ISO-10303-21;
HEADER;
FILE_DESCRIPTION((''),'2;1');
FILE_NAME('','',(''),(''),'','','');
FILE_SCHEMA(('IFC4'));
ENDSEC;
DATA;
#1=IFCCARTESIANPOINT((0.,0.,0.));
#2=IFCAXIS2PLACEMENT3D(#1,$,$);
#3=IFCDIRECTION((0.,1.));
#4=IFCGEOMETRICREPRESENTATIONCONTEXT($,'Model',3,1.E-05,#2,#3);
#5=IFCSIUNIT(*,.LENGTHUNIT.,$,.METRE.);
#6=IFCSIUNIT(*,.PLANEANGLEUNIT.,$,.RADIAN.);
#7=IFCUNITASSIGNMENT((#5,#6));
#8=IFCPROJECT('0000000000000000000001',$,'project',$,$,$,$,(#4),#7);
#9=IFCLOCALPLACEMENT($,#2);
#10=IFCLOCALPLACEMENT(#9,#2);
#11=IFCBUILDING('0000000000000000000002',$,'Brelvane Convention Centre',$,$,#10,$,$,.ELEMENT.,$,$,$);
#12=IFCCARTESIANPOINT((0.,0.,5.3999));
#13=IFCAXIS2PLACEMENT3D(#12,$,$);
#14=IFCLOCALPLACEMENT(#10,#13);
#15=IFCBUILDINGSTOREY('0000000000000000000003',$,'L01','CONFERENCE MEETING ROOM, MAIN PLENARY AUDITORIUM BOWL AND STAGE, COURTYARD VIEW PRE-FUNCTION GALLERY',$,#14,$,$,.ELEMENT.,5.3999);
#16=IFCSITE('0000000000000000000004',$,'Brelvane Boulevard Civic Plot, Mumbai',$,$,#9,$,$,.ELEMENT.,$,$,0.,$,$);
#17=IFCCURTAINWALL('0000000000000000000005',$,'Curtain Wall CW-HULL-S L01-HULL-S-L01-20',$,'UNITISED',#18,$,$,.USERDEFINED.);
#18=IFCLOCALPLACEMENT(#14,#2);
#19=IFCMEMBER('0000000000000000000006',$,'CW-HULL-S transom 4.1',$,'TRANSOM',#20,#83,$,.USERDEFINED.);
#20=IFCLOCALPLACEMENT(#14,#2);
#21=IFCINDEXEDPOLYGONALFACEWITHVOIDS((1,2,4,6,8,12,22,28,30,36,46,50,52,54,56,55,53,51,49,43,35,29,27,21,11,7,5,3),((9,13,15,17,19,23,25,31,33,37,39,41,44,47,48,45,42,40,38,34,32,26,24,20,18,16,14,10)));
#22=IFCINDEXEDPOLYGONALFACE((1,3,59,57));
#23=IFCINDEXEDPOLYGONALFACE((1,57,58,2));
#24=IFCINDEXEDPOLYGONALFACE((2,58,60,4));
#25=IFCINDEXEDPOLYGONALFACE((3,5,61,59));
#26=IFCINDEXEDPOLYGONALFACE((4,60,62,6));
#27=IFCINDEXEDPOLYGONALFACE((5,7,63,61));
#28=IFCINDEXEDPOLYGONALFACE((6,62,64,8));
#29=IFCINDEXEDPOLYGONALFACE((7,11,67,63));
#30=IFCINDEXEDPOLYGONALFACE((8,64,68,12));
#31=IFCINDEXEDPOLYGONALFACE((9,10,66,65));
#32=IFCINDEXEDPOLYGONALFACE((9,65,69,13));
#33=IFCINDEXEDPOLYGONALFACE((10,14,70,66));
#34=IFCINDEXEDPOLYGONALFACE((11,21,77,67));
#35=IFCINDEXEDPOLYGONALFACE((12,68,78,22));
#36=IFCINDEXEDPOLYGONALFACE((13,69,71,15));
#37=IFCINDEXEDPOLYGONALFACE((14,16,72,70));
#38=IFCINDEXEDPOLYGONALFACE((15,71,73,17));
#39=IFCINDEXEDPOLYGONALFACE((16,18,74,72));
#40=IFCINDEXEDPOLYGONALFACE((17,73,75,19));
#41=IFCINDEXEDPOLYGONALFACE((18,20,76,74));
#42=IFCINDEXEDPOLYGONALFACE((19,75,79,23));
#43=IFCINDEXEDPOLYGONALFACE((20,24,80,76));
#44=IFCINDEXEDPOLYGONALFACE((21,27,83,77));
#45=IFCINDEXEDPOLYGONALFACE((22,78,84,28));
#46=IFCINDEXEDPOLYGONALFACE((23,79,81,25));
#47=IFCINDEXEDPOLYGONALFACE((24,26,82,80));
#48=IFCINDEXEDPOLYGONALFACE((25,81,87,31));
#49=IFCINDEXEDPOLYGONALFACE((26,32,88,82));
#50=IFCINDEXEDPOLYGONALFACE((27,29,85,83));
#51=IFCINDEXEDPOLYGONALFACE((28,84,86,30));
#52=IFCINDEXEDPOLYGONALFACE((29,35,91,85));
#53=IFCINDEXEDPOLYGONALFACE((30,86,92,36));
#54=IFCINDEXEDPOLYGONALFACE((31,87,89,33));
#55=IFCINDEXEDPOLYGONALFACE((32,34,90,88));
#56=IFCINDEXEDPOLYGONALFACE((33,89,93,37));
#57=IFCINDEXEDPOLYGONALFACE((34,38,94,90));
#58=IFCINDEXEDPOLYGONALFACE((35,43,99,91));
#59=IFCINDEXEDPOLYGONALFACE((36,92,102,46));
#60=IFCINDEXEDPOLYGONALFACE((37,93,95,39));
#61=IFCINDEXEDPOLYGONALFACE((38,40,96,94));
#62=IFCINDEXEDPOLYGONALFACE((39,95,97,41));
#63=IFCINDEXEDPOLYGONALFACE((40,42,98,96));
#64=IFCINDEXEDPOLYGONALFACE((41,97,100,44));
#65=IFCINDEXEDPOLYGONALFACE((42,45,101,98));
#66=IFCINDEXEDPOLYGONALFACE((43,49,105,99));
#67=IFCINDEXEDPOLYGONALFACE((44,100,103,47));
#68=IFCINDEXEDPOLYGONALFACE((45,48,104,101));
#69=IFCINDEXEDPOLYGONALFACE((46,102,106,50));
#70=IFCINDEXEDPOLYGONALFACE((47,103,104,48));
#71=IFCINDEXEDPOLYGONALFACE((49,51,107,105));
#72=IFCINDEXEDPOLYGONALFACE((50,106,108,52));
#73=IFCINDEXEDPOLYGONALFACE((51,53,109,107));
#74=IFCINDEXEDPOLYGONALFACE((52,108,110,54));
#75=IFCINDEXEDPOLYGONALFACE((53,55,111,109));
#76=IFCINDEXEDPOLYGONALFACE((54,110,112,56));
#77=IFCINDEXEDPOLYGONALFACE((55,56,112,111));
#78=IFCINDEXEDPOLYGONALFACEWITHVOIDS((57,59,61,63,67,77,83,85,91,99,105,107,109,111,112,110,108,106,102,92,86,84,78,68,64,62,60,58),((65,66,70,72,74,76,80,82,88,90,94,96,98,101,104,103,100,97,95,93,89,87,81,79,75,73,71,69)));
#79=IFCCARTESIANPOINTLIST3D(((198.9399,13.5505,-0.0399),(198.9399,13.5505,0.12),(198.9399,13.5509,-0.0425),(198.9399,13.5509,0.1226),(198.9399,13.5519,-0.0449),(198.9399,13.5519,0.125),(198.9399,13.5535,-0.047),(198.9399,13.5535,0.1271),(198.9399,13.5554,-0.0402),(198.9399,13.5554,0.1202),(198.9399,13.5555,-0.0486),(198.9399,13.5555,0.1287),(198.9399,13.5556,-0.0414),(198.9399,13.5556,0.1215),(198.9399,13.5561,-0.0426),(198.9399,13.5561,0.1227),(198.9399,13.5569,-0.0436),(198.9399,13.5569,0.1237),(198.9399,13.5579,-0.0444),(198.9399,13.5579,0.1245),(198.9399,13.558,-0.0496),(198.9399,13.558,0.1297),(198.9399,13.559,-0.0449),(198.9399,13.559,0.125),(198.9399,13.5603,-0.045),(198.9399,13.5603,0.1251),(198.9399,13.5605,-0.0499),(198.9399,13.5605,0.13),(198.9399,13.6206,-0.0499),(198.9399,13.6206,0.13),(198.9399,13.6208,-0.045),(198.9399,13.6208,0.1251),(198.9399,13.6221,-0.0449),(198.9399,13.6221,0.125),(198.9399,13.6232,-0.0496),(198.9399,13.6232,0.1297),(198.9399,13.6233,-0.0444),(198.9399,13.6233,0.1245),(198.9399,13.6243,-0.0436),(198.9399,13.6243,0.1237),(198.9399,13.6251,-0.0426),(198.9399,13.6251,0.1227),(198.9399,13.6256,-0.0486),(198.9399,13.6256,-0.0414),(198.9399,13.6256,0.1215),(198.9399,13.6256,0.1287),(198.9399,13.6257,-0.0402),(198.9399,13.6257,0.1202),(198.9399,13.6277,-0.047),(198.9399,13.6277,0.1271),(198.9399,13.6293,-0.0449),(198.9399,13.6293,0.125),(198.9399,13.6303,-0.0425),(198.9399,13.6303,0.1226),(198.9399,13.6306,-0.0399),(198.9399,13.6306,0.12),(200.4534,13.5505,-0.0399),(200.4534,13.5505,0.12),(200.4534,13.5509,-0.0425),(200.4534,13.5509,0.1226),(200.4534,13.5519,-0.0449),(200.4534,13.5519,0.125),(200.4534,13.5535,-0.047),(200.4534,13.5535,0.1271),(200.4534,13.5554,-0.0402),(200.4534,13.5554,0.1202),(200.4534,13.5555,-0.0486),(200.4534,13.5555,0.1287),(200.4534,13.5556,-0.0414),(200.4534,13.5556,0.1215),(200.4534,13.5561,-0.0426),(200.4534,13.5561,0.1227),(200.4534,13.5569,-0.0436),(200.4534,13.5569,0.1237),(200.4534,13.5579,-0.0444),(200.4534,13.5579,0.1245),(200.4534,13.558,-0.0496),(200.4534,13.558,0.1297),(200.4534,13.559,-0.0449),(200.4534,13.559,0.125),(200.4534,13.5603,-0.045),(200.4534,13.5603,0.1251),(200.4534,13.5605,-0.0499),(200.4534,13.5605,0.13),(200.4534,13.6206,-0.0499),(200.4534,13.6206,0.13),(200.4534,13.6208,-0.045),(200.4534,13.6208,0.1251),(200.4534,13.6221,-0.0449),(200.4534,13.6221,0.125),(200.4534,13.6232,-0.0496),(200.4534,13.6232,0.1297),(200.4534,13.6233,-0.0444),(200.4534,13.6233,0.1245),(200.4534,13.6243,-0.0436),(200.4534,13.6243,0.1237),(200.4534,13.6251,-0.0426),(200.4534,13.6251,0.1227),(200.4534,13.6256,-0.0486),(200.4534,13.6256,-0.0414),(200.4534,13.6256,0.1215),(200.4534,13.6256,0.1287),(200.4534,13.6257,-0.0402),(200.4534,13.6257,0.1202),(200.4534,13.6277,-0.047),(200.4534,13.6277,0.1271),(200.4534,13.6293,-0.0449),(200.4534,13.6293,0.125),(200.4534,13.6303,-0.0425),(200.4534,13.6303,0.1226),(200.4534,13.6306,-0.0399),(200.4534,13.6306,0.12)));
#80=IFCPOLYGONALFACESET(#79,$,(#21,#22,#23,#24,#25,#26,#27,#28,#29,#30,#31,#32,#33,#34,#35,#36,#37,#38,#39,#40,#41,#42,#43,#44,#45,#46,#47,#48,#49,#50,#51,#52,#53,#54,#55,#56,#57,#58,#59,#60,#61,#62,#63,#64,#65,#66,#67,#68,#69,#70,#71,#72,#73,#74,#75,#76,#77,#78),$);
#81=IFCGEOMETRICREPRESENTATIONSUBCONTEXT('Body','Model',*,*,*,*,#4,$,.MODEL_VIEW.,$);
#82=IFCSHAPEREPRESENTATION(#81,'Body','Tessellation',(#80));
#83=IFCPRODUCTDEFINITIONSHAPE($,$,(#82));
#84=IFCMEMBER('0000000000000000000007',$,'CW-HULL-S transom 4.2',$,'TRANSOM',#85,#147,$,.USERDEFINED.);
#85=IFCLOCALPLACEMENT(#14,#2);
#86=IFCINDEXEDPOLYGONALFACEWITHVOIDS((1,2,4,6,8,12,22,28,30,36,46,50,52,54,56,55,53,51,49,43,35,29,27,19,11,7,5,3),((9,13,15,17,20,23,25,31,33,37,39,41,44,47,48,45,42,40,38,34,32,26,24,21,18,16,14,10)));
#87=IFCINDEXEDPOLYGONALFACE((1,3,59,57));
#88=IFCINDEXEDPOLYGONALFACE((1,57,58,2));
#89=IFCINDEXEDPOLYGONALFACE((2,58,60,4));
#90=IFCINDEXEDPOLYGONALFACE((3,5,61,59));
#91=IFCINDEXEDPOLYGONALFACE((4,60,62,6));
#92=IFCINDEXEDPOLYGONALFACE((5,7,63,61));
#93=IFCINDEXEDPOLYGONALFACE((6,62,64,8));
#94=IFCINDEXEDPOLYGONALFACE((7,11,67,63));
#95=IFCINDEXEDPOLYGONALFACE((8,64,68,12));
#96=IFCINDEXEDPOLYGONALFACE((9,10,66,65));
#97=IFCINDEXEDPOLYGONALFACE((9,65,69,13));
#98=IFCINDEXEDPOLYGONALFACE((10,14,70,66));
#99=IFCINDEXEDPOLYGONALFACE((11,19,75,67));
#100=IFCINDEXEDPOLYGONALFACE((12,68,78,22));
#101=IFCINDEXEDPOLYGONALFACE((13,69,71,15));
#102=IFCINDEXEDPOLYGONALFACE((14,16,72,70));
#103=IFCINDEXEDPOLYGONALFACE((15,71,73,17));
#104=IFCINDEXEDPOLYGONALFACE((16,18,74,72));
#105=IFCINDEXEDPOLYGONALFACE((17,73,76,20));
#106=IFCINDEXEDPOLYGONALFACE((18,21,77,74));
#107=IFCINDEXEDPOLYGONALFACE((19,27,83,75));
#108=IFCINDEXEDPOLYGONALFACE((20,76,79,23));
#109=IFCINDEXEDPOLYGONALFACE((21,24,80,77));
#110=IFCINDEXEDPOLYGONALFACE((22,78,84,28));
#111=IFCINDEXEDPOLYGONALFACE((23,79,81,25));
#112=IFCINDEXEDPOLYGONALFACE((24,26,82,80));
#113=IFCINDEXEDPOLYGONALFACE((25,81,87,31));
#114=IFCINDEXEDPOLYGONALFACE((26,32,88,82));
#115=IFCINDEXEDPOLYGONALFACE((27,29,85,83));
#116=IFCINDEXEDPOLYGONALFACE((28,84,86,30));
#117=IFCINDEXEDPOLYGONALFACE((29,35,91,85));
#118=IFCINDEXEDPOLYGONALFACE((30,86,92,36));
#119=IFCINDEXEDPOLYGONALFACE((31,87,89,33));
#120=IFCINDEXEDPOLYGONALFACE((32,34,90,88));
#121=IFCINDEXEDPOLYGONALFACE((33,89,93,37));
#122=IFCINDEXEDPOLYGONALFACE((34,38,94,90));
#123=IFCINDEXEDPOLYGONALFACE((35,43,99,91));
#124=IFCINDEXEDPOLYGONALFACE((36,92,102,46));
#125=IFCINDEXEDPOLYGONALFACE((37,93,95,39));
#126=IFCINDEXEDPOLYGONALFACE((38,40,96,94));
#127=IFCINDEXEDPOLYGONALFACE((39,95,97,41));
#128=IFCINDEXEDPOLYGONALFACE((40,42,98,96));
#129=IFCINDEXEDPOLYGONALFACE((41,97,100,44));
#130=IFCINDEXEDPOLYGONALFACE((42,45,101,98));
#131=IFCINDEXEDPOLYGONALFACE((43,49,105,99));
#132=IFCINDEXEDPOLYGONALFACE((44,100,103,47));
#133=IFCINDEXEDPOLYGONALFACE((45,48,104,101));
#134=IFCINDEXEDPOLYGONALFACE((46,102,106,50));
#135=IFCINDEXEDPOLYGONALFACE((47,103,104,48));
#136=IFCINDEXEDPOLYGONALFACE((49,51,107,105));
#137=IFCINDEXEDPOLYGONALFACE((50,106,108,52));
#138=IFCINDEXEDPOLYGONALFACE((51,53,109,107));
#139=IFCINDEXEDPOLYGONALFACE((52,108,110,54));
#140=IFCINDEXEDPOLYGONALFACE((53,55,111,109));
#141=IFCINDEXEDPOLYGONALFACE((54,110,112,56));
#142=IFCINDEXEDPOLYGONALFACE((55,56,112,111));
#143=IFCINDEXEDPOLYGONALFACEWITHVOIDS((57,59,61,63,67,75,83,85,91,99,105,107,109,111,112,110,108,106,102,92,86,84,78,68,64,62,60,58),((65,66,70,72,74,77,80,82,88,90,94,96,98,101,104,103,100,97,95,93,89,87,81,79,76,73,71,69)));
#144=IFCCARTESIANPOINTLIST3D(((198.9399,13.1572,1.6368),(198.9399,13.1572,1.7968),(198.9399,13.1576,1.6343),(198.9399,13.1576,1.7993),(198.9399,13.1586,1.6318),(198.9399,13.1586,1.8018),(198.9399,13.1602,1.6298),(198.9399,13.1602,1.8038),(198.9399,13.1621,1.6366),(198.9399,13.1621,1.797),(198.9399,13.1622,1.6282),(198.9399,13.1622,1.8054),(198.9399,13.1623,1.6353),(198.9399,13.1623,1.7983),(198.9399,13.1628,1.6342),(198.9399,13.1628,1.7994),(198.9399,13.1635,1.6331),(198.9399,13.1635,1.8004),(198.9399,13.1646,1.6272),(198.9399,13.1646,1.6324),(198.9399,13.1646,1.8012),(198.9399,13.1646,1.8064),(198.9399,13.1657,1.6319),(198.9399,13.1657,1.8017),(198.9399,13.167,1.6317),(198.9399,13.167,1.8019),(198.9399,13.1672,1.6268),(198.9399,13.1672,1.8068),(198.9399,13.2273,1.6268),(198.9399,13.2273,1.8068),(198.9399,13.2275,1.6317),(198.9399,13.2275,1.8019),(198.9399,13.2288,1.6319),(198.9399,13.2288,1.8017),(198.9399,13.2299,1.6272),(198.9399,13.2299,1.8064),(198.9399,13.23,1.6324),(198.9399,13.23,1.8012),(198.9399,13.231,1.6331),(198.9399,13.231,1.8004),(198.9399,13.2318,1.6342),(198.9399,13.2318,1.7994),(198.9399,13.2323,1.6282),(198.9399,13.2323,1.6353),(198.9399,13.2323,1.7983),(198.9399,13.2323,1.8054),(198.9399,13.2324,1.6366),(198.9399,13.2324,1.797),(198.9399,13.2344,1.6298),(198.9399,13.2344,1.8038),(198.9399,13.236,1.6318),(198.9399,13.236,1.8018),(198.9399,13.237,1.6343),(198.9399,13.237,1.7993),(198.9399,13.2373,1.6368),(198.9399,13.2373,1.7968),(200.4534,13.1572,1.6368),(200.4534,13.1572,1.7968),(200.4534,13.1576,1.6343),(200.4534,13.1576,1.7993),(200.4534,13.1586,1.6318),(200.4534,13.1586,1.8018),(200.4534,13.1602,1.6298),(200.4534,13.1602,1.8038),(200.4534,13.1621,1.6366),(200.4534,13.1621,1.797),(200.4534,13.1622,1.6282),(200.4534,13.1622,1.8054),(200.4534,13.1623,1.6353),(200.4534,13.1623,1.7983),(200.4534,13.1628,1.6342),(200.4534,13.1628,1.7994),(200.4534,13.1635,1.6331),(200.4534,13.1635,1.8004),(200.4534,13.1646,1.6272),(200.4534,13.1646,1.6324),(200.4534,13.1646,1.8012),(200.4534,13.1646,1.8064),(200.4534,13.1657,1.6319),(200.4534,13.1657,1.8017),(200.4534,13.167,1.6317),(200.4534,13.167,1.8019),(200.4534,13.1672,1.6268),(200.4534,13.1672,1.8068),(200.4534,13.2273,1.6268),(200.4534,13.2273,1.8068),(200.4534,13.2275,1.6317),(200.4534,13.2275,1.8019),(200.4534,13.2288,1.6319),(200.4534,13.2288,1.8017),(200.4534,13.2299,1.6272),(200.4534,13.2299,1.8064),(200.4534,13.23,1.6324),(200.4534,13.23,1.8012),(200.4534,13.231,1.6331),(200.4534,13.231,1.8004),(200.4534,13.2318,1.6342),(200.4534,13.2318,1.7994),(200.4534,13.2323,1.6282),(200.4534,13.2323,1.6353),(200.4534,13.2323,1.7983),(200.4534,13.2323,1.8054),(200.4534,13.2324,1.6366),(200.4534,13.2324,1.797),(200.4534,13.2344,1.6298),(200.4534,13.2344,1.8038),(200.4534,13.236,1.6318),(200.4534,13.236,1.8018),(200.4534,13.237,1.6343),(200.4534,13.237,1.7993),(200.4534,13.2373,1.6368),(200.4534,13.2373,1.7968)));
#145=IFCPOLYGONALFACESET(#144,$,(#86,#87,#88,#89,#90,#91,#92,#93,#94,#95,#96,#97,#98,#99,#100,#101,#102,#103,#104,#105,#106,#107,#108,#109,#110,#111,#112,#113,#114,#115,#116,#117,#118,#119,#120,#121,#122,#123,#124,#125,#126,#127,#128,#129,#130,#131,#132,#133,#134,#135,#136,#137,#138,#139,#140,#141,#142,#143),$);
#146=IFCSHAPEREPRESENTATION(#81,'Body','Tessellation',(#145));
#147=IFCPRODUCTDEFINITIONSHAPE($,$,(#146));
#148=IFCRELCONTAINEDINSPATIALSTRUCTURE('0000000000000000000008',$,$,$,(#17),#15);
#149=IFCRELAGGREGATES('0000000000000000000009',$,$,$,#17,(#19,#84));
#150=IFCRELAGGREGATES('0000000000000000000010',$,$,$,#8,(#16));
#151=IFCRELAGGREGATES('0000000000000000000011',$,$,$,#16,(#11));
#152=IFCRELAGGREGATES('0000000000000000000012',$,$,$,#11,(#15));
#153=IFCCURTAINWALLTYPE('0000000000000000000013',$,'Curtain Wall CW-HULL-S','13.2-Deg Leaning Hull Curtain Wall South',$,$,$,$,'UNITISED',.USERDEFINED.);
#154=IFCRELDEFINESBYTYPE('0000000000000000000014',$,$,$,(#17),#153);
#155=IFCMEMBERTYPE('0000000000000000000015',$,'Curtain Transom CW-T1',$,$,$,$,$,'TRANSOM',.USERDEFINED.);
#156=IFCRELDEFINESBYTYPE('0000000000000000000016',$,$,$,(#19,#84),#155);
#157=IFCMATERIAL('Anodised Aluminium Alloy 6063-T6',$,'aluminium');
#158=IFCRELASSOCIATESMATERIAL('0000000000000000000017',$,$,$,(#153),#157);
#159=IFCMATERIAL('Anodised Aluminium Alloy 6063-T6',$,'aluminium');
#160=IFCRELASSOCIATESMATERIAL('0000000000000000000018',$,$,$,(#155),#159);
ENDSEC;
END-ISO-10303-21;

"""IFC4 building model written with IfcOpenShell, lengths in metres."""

from ifc_helpers import new_model, si_unit, direction, frame, origin, origin_2d, place, context, subcontext, project, spatial, hollow_rectangle, extrude, material, material_profile, profile_set, type_object, element, aggregate, save


model = new_model("IFC4")

# Units and contexts
model_context = context("Model", 3, precision=1e-05, world=origin(), true_north=direction((0.0, 1.0)))
body_context = subcontext(model_context, "Body", "Model", "MODEL_VIEW")
ifc_project = project(units=[si_unit("LENGTHUNIT", "METRE"), si_unit("PLANEANGLEUNIT", "RADIAN")], contexts=[model_context])

# Site, building, storey
site_placement = place(None, origin())
site = spatial("IfcSite", under=ifc_project, at=site_placement, Name="Brelvane Boulevard Civic Plot, Mumbai", CompositionType="ELEMENT", RefElevation=0.0)
building_placement = place(site_placement, origin())
building = spatial("IfcBuilding", under=site, at=building_placement, Name="Brelvane Convention Centre", CompositionType="ELEMENT")
storey_placement = place(building_placement, frame((0.0, 0.0, 5.3999)))
storey = spatial("IfcBuildingStorey", under=building, at=storey_placement, Name="L01", Description="CONFERENCE MEETING ROOM, MAIN PLENARY AUDITORIUM BOWL AND STAGE, COURTYARD VIEW PRE-FUNCTION GALLERY", CompositionType="ELEMENT", Elevation=5.3999)

# Curtain wall, members
ifc_material_1 = material(Name="Anodised Aluminium Alloy 6063-T6", Category="aluminium")
curtain_wall_type = type_object("IfcCurtainWallType", Name="Curtain Wall CW-HULL-S", Description="13.2-Deg Leaning Hull Curtain Wall South", ElementType="UNITISED", PredefinedType="USERDEFINED", material=ifc_material_1)
curtain_wall_1_placement = place(storey_placement, origin())
curtain_wall_1 = element("IfcCurtainWall", 1, at=curtain_wall_1_placement, inside=storey, type_object=curtain_wall_type, Name="Curtain Wall CW-HULL-S L01-HULL-S-L01-20", ObjectType="UNITISED", PredefinedType="USERDEFINED")
ifc_material_2 = material(Name="Anodised Aluminium Alloy 6063-T6", Category="aluminium")
ifc_material_profile = material_profile(ifc_material_2, hollow_rectangle(XDim=0.0801, YDim=0.1799, WallThickness=0.0049, InnerFilletRadius=0.0049, OuterFilletRadius=0.01, at=origin_2d()), Name="ALU-T 180x80x5.0")
ifc_profile_set = profile_set([ifc_material_profile], Name="Anodised Aluminium Alloy 6063-T6")
member_type = type_object("IfcMemberType", Name="Curtain Transom CW-T1", ElementType="TRANSOM", PredefinedType="USERDEFINED", material=ifc_profile_set)
member_1_placement = place(storey_placement, frame((198.9399, 13.5906, 0.04), z_axis=(1.0, 0.0, 0.0), x_axis=(0.0, 1.0, 0.0)))
member_1 = element("IfcMember", 2, at=member_1_placement, type_object=member_type, Name="CW-HULL-S transom 4.1", ObjectType="TRANSOM", PredefinedType="USERDEFINED", context=body_context, shape_type="SweptSolid", body=[
    extrude(hollow_rectangle(XDim=0.0801, YDim=0.1799, WallThickness=0.0049, InnerFilletRadius=0.0049, OuterFilletRadius=0.01, at=origin_2d()), origin(), (0.0, 0.0, 1.0), 1.5134),
])
member_2_placement = place(storey_placement, frame((198.9399, 13.1973, 1.7168), z_axis=(1.0, 0.0, 0.0), x_axis=(0.0, 1.0, 0.0)))
member_2 = element("IfcMember", 3, at=member_2_placement, type_object=member_type, Name="CW-HULL-S transom 4.2", ObjectType="TRANSOM", PredefinedType="USERDEFINED", context=body_context, shape_type="SweptSolid", body=[
    extrude(hollow_rectangle(XDim=0.0801, YDim=0.1799, WallThickness=0.0049, InnerFilletRadius=0.0049, OuterFilletRadius=0.01, at=origin_2d()), origin(), (0.0, 0.0, 1.0), 1.5134),
])

aggregate(curtain_wall_1, [member_1, member_2])

save(model, "model.ifc")
